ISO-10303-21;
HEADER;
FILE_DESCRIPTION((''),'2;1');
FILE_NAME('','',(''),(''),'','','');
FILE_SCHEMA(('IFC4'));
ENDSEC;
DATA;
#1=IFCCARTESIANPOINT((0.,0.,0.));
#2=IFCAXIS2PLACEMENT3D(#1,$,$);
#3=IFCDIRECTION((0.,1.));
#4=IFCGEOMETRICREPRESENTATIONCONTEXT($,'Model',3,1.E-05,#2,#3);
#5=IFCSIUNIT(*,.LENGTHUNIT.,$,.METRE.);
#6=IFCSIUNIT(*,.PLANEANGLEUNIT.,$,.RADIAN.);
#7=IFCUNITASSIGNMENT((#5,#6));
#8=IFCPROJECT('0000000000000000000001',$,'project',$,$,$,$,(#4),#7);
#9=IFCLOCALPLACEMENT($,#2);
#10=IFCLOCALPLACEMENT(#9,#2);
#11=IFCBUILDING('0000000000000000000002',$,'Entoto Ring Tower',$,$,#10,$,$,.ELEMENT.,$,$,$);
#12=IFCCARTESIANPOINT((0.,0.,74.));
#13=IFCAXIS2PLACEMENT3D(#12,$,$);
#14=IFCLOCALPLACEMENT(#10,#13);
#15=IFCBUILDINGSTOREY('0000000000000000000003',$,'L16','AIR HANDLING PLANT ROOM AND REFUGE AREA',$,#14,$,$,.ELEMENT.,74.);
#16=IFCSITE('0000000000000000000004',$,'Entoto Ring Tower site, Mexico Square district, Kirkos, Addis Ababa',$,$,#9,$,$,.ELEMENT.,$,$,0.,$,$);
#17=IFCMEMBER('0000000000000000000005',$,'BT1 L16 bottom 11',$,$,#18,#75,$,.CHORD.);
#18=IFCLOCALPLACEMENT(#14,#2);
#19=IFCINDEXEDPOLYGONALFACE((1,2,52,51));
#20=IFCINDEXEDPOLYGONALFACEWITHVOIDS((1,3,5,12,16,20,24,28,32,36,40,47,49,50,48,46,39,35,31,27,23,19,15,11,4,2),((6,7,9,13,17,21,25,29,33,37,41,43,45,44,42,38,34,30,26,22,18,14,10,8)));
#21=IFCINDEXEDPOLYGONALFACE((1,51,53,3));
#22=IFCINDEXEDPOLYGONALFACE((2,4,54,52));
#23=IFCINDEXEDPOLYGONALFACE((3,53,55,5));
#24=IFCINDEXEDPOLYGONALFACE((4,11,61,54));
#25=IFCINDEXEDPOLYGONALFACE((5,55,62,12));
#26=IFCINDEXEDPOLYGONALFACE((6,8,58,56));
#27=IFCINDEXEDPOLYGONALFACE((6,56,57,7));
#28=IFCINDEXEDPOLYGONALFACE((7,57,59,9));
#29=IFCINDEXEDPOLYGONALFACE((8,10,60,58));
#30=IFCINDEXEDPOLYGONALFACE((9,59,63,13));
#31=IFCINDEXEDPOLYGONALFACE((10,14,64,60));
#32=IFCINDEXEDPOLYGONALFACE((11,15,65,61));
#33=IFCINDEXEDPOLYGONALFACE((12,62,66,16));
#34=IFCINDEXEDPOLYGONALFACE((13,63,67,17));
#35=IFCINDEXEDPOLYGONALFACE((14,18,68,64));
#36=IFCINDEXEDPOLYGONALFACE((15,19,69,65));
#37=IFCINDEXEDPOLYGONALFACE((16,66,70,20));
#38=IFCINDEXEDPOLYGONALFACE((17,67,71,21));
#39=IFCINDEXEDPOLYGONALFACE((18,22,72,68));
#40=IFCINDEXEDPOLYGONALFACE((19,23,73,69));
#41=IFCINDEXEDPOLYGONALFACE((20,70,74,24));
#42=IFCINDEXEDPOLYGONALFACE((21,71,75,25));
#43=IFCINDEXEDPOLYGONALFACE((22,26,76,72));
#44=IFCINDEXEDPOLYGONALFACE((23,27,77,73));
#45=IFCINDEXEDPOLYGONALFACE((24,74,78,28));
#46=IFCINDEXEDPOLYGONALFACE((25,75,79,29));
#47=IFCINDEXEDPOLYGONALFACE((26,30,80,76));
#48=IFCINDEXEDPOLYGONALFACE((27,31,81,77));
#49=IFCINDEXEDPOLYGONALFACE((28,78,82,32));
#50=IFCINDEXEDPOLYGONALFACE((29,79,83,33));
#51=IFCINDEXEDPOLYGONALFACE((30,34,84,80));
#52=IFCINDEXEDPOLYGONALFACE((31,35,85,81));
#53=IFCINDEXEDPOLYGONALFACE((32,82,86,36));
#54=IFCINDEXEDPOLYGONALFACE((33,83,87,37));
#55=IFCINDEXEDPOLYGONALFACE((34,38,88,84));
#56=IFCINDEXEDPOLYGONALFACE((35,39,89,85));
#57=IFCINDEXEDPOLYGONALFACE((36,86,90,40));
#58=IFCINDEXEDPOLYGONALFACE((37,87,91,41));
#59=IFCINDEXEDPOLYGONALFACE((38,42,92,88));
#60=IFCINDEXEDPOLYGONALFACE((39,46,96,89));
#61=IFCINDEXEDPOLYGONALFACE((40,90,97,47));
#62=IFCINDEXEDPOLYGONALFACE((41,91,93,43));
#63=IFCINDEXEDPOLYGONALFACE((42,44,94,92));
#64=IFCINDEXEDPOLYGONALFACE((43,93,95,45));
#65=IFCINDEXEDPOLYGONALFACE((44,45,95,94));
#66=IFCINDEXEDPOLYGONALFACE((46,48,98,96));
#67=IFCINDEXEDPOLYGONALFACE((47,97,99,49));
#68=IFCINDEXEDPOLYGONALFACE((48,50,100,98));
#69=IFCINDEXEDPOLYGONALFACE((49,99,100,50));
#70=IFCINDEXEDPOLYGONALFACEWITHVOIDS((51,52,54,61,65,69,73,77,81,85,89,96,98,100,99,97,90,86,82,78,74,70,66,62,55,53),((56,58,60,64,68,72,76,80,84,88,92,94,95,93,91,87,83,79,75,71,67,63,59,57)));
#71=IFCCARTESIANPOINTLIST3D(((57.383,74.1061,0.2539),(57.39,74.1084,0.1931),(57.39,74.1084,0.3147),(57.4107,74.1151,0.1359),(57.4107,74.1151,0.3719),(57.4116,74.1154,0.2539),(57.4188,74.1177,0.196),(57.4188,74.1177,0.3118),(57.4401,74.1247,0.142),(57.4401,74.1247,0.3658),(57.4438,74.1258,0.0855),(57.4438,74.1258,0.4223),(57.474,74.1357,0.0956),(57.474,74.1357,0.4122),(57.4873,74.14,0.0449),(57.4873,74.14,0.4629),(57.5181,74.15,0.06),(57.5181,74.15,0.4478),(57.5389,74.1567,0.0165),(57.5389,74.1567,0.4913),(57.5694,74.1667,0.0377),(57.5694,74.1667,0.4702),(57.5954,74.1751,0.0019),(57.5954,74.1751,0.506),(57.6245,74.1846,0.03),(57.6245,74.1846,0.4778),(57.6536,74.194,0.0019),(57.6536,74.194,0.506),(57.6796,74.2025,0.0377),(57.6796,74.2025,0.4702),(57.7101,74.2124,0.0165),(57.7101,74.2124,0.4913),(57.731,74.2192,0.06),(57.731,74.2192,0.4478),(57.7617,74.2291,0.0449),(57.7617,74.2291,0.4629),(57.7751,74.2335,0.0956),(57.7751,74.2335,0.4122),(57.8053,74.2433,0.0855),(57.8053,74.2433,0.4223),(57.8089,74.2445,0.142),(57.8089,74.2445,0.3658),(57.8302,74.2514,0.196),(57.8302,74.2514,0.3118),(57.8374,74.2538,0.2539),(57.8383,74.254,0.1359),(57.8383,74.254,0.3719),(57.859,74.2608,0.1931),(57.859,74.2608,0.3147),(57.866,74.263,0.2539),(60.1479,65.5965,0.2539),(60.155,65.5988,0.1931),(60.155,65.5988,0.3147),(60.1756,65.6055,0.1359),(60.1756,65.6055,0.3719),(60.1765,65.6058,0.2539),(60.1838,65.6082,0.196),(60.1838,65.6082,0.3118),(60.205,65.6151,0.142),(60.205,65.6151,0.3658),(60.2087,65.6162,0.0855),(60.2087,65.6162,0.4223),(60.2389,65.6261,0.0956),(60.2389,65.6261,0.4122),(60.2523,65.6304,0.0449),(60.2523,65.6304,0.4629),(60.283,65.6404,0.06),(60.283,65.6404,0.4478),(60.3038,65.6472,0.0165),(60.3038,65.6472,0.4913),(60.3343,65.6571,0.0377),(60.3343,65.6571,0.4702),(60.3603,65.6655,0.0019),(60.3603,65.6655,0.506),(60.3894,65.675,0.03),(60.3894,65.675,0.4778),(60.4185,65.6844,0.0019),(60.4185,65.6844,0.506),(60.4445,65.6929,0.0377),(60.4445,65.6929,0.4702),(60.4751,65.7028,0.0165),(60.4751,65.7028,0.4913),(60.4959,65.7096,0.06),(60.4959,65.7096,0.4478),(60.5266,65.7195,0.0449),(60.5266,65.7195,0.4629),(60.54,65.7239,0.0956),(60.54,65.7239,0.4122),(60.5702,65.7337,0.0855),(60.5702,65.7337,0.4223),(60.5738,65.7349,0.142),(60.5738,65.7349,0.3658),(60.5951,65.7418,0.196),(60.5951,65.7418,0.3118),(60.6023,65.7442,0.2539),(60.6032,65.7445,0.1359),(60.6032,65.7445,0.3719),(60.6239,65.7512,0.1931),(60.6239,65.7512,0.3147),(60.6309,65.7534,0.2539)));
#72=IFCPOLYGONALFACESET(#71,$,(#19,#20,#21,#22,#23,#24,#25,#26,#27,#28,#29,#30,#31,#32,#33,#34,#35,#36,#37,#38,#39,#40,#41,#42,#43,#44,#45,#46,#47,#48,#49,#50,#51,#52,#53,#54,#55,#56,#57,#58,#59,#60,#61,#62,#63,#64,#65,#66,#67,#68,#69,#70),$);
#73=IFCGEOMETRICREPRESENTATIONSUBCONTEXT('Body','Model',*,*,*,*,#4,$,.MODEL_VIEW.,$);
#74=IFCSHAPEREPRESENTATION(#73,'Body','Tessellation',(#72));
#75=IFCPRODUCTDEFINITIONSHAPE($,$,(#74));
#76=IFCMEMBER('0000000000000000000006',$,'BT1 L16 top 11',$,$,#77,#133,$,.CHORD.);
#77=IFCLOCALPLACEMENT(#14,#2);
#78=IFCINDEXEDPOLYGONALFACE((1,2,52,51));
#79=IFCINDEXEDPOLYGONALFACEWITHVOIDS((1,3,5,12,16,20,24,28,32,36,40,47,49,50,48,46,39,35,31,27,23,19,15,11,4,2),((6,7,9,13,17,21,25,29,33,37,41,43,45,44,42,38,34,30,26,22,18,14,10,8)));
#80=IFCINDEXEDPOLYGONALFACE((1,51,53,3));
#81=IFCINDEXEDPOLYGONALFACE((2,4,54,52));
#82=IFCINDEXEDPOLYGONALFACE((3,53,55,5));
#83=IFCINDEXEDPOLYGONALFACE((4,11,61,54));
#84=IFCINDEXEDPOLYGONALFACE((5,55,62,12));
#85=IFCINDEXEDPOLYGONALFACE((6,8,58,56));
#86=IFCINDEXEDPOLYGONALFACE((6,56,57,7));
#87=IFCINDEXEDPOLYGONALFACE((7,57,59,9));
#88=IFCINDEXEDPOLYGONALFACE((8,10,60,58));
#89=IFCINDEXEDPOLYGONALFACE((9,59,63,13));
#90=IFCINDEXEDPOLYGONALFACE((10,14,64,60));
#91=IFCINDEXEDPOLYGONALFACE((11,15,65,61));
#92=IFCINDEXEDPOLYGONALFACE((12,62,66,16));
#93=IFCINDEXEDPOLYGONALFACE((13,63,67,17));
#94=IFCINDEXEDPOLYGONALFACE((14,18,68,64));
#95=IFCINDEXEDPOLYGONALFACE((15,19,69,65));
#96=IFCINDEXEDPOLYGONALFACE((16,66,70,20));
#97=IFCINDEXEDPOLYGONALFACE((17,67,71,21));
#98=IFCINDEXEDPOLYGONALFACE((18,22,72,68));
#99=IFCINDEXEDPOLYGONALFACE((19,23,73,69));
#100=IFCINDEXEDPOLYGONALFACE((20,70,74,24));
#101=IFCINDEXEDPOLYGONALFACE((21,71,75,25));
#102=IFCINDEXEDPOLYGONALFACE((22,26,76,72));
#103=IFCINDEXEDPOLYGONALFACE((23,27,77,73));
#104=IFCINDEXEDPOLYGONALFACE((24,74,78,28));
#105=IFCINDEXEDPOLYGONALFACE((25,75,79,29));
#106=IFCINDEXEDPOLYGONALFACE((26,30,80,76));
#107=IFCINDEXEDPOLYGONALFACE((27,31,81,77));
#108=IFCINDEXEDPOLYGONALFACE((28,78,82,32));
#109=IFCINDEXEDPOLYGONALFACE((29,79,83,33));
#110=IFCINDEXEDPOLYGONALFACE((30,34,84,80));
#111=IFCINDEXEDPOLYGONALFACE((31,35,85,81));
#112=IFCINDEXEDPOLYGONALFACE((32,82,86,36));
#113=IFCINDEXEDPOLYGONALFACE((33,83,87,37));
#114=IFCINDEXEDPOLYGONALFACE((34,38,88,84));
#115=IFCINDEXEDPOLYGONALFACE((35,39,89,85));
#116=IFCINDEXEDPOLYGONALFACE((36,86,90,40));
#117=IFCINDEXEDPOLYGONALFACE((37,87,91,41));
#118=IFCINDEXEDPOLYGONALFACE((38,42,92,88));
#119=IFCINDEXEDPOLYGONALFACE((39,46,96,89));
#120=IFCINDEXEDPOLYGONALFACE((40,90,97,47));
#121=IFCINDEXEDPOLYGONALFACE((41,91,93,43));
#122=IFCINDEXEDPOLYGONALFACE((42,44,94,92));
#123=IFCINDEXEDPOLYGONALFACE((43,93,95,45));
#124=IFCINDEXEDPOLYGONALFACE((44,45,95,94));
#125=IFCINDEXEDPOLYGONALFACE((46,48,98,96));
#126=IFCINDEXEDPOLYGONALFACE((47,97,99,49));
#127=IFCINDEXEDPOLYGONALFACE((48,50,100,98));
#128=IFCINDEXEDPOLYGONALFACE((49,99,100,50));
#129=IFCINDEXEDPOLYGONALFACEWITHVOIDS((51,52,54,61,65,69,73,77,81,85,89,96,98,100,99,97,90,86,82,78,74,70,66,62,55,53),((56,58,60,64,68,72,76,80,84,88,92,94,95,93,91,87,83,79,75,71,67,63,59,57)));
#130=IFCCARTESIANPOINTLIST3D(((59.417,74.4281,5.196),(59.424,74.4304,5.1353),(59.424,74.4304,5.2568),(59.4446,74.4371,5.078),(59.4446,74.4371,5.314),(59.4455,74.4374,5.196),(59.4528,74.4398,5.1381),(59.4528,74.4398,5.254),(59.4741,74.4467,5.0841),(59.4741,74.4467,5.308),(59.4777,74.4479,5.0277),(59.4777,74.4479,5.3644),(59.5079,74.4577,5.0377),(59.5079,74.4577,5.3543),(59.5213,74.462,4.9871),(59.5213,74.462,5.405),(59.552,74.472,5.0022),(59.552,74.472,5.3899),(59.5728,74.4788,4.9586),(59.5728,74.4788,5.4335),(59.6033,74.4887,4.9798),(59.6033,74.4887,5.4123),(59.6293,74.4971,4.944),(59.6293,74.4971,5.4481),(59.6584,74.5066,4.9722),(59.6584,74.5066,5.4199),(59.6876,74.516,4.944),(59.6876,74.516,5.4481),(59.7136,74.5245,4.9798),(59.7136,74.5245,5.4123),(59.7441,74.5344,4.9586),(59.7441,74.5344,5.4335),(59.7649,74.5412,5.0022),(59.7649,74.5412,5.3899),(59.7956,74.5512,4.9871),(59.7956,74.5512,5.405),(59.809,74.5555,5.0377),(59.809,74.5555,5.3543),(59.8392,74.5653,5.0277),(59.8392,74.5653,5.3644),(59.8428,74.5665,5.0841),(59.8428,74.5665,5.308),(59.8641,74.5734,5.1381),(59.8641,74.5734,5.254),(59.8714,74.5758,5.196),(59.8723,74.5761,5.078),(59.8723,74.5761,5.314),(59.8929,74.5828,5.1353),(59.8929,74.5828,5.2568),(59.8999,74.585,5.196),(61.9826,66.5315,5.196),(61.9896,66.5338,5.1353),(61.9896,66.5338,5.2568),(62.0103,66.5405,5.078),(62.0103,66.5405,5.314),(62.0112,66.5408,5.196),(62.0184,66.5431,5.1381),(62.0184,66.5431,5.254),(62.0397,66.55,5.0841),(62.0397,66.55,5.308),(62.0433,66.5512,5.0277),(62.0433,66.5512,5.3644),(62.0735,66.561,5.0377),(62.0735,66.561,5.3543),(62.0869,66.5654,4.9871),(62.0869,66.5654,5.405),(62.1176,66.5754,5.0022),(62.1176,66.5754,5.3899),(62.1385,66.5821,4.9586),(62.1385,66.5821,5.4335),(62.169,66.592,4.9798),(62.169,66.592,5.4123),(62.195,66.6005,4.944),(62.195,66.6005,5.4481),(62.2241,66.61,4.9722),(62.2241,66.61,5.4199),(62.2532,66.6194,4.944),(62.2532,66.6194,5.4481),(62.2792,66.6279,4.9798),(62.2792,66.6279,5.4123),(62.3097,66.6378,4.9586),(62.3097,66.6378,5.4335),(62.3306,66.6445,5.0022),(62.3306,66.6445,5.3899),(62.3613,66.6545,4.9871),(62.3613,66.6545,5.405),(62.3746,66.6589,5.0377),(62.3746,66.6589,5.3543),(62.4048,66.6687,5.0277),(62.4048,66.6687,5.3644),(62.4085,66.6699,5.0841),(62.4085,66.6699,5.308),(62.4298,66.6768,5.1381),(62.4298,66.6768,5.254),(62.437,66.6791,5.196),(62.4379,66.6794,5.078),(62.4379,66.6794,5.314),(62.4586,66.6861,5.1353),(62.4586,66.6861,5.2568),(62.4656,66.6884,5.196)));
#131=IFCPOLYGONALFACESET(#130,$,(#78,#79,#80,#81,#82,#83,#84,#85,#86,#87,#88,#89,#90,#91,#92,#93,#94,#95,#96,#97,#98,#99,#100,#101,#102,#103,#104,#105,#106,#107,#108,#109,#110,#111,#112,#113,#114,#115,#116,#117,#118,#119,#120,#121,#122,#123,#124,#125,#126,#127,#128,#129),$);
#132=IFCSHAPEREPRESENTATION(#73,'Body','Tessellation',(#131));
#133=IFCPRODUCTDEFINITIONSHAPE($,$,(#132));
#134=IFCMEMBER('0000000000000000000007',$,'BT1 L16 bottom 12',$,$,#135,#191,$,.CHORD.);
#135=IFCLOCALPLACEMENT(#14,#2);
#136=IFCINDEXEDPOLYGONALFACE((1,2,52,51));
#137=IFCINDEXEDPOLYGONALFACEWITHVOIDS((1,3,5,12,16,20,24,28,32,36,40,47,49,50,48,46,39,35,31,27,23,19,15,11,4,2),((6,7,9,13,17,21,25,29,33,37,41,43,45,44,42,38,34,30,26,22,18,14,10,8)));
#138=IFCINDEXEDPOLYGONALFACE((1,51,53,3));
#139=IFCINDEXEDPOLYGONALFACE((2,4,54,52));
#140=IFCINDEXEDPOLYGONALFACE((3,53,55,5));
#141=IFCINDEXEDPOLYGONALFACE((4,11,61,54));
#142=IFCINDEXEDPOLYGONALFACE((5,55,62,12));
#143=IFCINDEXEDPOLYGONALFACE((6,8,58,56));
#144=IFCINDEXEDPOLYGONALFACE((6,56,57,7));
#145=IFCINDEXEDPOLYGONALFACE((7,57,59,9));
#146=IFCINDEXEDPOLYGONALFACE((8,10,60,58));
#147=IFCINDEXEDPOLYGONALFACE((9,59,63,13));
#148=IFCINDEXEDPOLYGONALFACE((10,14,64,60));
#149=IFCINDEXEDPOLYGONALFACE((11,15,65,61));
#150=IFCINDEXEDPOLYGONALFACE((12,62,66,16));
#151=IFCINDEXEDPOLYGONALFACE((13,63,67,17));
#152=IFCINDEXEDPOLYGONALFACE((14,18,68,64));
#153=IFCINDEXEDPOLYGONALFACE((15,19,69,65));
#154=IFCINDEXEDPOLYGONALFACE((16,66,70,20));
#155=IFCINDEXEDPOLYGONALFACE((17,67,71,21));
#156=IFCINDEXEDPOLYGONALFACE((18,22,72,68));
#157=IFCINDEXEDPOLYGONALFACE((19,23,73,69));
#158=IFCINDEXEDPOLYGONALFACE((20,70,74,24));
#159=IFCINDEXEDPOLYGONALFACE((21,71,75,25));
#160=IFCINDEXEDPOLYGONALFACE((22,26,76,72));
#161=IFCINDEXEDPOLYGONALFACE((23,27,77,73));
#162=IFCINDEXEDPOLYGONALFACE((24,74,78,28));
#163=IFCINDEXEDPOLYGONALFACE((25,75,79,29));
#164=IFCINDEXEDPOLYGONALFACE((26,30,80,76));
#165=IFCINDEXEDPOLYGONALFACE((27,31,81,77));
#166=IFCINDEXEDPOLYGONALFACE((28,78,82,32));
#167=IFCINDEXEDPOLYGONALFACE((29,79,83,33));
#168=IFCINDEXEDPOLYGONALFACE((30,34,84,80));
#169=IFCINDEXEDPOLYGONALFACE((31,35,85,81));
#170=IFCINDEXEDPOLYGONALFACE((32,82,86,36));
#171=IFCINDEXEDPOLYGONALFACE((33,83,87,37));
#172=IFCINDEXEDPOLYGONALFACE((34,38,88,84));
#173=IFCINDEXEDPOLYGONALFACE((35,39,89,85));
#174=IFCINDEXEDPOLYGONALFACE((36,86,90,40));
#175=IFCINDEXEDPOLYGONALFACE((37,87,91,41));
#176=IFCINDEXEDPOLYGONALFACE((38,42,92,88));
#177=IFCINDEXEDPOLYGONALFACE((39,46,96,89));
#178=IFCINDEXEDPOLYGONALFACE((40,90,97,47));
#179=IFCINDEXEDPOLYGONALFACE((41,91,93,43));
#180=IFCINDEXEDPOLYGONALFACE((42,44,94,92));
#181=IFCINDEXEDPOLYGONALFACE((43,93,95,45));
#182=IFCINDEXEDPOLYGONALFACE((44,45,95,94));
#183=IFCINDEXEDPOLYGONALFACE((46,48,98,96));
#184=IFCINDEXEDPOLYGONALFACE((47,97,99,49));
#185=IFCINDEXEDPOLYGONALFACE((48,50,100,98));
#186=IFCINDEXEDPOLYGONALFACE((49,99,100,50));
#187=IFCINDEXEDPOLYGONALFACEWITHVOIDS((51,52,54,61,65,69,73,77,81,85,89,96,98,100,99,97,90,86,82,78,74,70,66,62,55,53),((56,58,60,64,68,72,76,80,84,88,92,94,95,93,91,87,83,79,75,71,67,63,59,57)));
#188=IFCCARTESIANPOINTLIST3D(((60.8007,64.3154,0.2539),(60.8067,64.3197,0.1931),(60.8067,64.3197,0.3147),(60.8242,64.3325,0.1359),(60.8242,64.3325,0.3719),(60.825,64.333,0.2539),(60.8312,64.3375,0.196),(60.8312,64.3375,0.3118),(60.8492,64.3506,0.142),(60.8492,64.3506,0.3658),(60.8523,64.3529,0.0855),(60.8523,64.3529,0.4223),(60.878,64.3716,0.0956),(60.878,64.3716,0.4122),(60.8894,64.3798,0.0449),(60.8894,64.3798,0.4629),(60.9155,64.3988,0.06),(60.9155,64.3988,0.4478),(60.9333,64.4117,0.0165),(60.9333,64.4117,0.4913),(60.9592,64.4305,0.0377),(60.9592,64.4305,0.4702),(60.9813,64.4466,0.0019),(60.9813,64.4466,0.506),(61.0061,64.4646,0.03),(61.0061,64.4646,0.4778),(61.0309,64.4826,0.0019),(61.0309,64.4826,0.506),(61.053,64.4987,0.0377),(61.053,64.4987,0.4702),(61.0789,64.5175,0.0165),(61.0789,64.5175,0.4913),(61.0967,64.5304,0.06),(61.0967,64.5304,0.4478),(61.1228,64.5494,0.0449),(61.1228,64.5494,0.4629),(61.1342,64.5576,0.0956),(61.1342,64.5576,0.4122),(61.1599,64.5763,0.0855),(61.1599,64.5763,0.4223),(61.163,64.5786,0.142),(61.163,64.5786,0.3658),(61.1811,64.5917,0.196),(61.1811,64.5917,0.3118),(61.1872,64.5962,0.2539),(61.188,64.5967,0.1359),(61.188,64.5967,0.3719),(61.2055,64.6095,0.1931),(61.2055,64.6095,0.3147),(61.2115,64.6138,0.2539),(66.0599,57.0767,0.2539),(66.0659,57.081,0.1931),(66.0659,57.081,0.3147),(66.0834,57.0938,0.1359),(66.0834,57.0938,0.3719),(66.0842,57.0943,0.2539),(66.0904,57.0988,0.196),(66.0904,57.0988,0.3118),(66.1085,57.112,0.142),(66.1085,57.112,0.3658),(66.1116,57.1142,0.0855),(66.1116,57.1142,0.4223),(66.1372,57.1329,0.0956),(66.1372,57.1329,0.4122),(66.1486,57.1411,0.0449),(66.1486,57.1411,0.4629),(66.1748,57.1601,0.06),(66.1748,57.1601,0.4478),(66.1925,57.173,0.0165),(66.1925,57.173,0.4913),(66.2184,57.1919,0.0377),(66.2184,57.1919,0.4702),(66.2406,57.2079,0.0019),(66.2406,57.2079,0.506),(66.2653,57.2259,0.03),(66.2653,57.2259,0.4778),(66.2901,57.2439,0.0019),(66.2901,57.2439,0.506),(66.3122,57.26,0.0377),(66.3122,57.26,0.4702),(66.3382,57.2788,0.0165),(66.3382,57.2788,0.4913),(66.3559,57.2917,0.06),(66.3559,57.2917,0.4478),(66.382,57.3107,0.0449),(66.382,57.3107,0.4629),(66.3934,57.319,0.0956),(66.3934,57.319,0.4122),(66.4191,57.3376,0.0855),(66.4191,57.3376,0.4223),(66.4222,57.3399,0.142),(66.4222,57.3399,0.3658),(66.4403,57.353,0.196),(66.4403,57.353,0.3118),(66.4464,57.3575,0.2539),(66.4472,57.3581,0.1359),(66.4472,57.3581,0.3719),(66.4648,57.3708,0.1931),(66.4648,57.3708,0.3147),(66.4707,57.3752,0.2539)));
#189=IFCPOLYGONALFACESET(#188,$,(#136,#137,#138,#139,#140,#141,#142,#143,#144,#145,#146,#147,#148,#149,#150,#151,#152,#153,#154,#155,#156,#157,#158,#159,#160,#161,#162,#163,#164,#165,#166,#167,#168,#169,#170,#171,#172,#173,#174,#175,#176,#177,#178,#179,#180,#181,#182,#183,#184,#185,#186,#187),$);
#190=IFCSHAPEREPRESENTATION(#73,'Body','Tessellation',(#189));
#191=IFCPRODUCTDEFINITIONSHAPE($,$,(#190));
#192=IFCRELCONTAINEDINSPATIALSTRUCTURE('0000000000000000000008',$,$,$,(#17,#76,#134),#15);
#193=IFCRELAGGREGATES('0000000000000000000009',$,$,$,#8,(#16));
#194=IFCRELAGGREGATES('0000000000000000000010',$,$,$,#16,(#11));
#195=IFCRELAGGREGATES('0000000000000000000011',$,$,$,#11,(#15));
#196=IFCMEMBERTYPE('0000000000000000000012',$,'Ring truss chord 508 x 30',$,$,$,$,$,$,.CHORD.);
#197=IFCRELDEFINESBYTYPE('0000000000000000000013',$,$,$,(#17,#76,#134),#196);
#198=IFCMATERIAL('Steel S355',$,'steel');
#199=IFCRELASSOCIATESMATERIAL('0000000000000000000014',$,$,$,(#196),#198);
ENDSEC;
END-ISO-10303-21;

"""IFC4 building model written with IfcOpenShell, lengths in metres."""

from ifc_helpers import new_model, si_unit, direction, frame, origin, origin_2d, place, context, subcontext, project, spatial, circle, hollow_circle, extrude, material, material_profile, profile_set, type_object, element, save


model = new_model("IFC4")

# Units and contexts
model_context = context("Model", 3, precision=1e-05, world=origin(), true_north=direction((0.0, 1.0)))
body_context = subcontext(model_context, "Body", "Model", "MODEL_VIEW")
ifc_project = project(units=[si_unit("LENGTHUNIT", "METRE"), si_unit("PLANEANGLEUNIT", "RADIAN")], contexts=[model_context])

# Site, building, storey
site_placement = place(None, origin())
site = spatial("IfcSite", under=ifc_project, at=site_placement, Name="Entoto Ring Tower site, Mexico Square district, Kirkos, Addis Ababa", CompositionType="ELEMENT", RefElevation=0.0)
building_placement = place(site_placement, origin())
building = spatial("IfcBuilding", under=site, at=building_placement, Name="Entoto Ring Tower", CompositionType="ELEMENT")
storey_placement = place(building_placement, frame((0.0, 0.0, 74.0)))
storey = spatial("IfcBuildingStorey", under=building, at=storey_placement, Name="L16", Description="AIR HANDLING PLANT ROOM AND REFUGE AREA", CompositionType="ELEMENT", Elevation=74.0)

# Members
ifc_material_1 = material(Name="Steel S355", Category="steel")
ifc_material_profile_1 = material_profile(ifc_material_1, hollow_circle(Radius=0.2539, WallThickness=0.03, at=origin_2d()), Name="CHS 508 x 30")
ifc_material_2 = material(Name="Concrete C60/75", Category="concrete")
ifc_material_profile_2 = material_profile(ifc_material_2, circle(Radius=0.2241, at=origin_2d()), Name="Concrete C60/75 infill")
ifc_profile_set_1 = profile_set([ifc_material_profile_1, ifc_material_profile_2], Name="Steel S355")
member_type_1 = type_object("IfcMemberType", Name="Ring truss chord 508 x 30", PredefinedType="CHORD", material=ifc_profile_set_1)
member_1_placement = place(storey_placement, frame((57.6245, 74.1846, 0.2539), z_axis=(0.309015, -0.951057, 0.0), x_axis=(0.951057, 0.309015, 0.0)))
element("IfcMember", 1, at=member_1_placement, inside=storey, type_object=member_type_1, Name="BT1 L16 bottom 11", PredefinedType="CHORD", context=body_context, shape_type="SweptSolid", body=[
    extrude(hollow_circle(Radius=0.2539, WallThickness=0.03, at=origin_2d()), origin(), (0.0, 0.0, 1.0), 8.9475),
])
member_2_placement = place(storey_placement, frame((59.6584, 74.5066, 5.196), z_axis=(0.309003, -0.951061, 0.0), x_axis=(0.951061, 0.309003, 0.0)))
element("IfcMember", 2, at=member_2_placement, inside=storey, type_object=member_type_1, Name="BT1 L16 top 11", PredefinedType="CHORD", context=body_context, shape_type="SweptSolid", body=[
    extrude(hollow_circle(Radius=0.2539, WallThickness=0.03, at=origin_2d()), origin(), (0.0, 0.0, 1.0), 8.303),
])
member_3_placement = place(storey_placement, frame((61.0061, 64.4646, 0.2539), z_axis=(0.587786, -0.809017, 0.0), x_axis=(0.809017, 0.587786, 0.0)))
element("IfcMember", 3, at=member_3_placement, inside=storey, type_object=member_type_1, Name="BT1 L16 bottom 12", PredefinedType="CHORD", context=body_context, shape_type="SweptSolid", body=[
    extrude(hollow_circle(Radius=0.2539, WallThickness=0.03, at=origin_2d()), origin(), (0.0, 0.0, 1.0), 8.9475),
])

save(model, "model.ifc")
